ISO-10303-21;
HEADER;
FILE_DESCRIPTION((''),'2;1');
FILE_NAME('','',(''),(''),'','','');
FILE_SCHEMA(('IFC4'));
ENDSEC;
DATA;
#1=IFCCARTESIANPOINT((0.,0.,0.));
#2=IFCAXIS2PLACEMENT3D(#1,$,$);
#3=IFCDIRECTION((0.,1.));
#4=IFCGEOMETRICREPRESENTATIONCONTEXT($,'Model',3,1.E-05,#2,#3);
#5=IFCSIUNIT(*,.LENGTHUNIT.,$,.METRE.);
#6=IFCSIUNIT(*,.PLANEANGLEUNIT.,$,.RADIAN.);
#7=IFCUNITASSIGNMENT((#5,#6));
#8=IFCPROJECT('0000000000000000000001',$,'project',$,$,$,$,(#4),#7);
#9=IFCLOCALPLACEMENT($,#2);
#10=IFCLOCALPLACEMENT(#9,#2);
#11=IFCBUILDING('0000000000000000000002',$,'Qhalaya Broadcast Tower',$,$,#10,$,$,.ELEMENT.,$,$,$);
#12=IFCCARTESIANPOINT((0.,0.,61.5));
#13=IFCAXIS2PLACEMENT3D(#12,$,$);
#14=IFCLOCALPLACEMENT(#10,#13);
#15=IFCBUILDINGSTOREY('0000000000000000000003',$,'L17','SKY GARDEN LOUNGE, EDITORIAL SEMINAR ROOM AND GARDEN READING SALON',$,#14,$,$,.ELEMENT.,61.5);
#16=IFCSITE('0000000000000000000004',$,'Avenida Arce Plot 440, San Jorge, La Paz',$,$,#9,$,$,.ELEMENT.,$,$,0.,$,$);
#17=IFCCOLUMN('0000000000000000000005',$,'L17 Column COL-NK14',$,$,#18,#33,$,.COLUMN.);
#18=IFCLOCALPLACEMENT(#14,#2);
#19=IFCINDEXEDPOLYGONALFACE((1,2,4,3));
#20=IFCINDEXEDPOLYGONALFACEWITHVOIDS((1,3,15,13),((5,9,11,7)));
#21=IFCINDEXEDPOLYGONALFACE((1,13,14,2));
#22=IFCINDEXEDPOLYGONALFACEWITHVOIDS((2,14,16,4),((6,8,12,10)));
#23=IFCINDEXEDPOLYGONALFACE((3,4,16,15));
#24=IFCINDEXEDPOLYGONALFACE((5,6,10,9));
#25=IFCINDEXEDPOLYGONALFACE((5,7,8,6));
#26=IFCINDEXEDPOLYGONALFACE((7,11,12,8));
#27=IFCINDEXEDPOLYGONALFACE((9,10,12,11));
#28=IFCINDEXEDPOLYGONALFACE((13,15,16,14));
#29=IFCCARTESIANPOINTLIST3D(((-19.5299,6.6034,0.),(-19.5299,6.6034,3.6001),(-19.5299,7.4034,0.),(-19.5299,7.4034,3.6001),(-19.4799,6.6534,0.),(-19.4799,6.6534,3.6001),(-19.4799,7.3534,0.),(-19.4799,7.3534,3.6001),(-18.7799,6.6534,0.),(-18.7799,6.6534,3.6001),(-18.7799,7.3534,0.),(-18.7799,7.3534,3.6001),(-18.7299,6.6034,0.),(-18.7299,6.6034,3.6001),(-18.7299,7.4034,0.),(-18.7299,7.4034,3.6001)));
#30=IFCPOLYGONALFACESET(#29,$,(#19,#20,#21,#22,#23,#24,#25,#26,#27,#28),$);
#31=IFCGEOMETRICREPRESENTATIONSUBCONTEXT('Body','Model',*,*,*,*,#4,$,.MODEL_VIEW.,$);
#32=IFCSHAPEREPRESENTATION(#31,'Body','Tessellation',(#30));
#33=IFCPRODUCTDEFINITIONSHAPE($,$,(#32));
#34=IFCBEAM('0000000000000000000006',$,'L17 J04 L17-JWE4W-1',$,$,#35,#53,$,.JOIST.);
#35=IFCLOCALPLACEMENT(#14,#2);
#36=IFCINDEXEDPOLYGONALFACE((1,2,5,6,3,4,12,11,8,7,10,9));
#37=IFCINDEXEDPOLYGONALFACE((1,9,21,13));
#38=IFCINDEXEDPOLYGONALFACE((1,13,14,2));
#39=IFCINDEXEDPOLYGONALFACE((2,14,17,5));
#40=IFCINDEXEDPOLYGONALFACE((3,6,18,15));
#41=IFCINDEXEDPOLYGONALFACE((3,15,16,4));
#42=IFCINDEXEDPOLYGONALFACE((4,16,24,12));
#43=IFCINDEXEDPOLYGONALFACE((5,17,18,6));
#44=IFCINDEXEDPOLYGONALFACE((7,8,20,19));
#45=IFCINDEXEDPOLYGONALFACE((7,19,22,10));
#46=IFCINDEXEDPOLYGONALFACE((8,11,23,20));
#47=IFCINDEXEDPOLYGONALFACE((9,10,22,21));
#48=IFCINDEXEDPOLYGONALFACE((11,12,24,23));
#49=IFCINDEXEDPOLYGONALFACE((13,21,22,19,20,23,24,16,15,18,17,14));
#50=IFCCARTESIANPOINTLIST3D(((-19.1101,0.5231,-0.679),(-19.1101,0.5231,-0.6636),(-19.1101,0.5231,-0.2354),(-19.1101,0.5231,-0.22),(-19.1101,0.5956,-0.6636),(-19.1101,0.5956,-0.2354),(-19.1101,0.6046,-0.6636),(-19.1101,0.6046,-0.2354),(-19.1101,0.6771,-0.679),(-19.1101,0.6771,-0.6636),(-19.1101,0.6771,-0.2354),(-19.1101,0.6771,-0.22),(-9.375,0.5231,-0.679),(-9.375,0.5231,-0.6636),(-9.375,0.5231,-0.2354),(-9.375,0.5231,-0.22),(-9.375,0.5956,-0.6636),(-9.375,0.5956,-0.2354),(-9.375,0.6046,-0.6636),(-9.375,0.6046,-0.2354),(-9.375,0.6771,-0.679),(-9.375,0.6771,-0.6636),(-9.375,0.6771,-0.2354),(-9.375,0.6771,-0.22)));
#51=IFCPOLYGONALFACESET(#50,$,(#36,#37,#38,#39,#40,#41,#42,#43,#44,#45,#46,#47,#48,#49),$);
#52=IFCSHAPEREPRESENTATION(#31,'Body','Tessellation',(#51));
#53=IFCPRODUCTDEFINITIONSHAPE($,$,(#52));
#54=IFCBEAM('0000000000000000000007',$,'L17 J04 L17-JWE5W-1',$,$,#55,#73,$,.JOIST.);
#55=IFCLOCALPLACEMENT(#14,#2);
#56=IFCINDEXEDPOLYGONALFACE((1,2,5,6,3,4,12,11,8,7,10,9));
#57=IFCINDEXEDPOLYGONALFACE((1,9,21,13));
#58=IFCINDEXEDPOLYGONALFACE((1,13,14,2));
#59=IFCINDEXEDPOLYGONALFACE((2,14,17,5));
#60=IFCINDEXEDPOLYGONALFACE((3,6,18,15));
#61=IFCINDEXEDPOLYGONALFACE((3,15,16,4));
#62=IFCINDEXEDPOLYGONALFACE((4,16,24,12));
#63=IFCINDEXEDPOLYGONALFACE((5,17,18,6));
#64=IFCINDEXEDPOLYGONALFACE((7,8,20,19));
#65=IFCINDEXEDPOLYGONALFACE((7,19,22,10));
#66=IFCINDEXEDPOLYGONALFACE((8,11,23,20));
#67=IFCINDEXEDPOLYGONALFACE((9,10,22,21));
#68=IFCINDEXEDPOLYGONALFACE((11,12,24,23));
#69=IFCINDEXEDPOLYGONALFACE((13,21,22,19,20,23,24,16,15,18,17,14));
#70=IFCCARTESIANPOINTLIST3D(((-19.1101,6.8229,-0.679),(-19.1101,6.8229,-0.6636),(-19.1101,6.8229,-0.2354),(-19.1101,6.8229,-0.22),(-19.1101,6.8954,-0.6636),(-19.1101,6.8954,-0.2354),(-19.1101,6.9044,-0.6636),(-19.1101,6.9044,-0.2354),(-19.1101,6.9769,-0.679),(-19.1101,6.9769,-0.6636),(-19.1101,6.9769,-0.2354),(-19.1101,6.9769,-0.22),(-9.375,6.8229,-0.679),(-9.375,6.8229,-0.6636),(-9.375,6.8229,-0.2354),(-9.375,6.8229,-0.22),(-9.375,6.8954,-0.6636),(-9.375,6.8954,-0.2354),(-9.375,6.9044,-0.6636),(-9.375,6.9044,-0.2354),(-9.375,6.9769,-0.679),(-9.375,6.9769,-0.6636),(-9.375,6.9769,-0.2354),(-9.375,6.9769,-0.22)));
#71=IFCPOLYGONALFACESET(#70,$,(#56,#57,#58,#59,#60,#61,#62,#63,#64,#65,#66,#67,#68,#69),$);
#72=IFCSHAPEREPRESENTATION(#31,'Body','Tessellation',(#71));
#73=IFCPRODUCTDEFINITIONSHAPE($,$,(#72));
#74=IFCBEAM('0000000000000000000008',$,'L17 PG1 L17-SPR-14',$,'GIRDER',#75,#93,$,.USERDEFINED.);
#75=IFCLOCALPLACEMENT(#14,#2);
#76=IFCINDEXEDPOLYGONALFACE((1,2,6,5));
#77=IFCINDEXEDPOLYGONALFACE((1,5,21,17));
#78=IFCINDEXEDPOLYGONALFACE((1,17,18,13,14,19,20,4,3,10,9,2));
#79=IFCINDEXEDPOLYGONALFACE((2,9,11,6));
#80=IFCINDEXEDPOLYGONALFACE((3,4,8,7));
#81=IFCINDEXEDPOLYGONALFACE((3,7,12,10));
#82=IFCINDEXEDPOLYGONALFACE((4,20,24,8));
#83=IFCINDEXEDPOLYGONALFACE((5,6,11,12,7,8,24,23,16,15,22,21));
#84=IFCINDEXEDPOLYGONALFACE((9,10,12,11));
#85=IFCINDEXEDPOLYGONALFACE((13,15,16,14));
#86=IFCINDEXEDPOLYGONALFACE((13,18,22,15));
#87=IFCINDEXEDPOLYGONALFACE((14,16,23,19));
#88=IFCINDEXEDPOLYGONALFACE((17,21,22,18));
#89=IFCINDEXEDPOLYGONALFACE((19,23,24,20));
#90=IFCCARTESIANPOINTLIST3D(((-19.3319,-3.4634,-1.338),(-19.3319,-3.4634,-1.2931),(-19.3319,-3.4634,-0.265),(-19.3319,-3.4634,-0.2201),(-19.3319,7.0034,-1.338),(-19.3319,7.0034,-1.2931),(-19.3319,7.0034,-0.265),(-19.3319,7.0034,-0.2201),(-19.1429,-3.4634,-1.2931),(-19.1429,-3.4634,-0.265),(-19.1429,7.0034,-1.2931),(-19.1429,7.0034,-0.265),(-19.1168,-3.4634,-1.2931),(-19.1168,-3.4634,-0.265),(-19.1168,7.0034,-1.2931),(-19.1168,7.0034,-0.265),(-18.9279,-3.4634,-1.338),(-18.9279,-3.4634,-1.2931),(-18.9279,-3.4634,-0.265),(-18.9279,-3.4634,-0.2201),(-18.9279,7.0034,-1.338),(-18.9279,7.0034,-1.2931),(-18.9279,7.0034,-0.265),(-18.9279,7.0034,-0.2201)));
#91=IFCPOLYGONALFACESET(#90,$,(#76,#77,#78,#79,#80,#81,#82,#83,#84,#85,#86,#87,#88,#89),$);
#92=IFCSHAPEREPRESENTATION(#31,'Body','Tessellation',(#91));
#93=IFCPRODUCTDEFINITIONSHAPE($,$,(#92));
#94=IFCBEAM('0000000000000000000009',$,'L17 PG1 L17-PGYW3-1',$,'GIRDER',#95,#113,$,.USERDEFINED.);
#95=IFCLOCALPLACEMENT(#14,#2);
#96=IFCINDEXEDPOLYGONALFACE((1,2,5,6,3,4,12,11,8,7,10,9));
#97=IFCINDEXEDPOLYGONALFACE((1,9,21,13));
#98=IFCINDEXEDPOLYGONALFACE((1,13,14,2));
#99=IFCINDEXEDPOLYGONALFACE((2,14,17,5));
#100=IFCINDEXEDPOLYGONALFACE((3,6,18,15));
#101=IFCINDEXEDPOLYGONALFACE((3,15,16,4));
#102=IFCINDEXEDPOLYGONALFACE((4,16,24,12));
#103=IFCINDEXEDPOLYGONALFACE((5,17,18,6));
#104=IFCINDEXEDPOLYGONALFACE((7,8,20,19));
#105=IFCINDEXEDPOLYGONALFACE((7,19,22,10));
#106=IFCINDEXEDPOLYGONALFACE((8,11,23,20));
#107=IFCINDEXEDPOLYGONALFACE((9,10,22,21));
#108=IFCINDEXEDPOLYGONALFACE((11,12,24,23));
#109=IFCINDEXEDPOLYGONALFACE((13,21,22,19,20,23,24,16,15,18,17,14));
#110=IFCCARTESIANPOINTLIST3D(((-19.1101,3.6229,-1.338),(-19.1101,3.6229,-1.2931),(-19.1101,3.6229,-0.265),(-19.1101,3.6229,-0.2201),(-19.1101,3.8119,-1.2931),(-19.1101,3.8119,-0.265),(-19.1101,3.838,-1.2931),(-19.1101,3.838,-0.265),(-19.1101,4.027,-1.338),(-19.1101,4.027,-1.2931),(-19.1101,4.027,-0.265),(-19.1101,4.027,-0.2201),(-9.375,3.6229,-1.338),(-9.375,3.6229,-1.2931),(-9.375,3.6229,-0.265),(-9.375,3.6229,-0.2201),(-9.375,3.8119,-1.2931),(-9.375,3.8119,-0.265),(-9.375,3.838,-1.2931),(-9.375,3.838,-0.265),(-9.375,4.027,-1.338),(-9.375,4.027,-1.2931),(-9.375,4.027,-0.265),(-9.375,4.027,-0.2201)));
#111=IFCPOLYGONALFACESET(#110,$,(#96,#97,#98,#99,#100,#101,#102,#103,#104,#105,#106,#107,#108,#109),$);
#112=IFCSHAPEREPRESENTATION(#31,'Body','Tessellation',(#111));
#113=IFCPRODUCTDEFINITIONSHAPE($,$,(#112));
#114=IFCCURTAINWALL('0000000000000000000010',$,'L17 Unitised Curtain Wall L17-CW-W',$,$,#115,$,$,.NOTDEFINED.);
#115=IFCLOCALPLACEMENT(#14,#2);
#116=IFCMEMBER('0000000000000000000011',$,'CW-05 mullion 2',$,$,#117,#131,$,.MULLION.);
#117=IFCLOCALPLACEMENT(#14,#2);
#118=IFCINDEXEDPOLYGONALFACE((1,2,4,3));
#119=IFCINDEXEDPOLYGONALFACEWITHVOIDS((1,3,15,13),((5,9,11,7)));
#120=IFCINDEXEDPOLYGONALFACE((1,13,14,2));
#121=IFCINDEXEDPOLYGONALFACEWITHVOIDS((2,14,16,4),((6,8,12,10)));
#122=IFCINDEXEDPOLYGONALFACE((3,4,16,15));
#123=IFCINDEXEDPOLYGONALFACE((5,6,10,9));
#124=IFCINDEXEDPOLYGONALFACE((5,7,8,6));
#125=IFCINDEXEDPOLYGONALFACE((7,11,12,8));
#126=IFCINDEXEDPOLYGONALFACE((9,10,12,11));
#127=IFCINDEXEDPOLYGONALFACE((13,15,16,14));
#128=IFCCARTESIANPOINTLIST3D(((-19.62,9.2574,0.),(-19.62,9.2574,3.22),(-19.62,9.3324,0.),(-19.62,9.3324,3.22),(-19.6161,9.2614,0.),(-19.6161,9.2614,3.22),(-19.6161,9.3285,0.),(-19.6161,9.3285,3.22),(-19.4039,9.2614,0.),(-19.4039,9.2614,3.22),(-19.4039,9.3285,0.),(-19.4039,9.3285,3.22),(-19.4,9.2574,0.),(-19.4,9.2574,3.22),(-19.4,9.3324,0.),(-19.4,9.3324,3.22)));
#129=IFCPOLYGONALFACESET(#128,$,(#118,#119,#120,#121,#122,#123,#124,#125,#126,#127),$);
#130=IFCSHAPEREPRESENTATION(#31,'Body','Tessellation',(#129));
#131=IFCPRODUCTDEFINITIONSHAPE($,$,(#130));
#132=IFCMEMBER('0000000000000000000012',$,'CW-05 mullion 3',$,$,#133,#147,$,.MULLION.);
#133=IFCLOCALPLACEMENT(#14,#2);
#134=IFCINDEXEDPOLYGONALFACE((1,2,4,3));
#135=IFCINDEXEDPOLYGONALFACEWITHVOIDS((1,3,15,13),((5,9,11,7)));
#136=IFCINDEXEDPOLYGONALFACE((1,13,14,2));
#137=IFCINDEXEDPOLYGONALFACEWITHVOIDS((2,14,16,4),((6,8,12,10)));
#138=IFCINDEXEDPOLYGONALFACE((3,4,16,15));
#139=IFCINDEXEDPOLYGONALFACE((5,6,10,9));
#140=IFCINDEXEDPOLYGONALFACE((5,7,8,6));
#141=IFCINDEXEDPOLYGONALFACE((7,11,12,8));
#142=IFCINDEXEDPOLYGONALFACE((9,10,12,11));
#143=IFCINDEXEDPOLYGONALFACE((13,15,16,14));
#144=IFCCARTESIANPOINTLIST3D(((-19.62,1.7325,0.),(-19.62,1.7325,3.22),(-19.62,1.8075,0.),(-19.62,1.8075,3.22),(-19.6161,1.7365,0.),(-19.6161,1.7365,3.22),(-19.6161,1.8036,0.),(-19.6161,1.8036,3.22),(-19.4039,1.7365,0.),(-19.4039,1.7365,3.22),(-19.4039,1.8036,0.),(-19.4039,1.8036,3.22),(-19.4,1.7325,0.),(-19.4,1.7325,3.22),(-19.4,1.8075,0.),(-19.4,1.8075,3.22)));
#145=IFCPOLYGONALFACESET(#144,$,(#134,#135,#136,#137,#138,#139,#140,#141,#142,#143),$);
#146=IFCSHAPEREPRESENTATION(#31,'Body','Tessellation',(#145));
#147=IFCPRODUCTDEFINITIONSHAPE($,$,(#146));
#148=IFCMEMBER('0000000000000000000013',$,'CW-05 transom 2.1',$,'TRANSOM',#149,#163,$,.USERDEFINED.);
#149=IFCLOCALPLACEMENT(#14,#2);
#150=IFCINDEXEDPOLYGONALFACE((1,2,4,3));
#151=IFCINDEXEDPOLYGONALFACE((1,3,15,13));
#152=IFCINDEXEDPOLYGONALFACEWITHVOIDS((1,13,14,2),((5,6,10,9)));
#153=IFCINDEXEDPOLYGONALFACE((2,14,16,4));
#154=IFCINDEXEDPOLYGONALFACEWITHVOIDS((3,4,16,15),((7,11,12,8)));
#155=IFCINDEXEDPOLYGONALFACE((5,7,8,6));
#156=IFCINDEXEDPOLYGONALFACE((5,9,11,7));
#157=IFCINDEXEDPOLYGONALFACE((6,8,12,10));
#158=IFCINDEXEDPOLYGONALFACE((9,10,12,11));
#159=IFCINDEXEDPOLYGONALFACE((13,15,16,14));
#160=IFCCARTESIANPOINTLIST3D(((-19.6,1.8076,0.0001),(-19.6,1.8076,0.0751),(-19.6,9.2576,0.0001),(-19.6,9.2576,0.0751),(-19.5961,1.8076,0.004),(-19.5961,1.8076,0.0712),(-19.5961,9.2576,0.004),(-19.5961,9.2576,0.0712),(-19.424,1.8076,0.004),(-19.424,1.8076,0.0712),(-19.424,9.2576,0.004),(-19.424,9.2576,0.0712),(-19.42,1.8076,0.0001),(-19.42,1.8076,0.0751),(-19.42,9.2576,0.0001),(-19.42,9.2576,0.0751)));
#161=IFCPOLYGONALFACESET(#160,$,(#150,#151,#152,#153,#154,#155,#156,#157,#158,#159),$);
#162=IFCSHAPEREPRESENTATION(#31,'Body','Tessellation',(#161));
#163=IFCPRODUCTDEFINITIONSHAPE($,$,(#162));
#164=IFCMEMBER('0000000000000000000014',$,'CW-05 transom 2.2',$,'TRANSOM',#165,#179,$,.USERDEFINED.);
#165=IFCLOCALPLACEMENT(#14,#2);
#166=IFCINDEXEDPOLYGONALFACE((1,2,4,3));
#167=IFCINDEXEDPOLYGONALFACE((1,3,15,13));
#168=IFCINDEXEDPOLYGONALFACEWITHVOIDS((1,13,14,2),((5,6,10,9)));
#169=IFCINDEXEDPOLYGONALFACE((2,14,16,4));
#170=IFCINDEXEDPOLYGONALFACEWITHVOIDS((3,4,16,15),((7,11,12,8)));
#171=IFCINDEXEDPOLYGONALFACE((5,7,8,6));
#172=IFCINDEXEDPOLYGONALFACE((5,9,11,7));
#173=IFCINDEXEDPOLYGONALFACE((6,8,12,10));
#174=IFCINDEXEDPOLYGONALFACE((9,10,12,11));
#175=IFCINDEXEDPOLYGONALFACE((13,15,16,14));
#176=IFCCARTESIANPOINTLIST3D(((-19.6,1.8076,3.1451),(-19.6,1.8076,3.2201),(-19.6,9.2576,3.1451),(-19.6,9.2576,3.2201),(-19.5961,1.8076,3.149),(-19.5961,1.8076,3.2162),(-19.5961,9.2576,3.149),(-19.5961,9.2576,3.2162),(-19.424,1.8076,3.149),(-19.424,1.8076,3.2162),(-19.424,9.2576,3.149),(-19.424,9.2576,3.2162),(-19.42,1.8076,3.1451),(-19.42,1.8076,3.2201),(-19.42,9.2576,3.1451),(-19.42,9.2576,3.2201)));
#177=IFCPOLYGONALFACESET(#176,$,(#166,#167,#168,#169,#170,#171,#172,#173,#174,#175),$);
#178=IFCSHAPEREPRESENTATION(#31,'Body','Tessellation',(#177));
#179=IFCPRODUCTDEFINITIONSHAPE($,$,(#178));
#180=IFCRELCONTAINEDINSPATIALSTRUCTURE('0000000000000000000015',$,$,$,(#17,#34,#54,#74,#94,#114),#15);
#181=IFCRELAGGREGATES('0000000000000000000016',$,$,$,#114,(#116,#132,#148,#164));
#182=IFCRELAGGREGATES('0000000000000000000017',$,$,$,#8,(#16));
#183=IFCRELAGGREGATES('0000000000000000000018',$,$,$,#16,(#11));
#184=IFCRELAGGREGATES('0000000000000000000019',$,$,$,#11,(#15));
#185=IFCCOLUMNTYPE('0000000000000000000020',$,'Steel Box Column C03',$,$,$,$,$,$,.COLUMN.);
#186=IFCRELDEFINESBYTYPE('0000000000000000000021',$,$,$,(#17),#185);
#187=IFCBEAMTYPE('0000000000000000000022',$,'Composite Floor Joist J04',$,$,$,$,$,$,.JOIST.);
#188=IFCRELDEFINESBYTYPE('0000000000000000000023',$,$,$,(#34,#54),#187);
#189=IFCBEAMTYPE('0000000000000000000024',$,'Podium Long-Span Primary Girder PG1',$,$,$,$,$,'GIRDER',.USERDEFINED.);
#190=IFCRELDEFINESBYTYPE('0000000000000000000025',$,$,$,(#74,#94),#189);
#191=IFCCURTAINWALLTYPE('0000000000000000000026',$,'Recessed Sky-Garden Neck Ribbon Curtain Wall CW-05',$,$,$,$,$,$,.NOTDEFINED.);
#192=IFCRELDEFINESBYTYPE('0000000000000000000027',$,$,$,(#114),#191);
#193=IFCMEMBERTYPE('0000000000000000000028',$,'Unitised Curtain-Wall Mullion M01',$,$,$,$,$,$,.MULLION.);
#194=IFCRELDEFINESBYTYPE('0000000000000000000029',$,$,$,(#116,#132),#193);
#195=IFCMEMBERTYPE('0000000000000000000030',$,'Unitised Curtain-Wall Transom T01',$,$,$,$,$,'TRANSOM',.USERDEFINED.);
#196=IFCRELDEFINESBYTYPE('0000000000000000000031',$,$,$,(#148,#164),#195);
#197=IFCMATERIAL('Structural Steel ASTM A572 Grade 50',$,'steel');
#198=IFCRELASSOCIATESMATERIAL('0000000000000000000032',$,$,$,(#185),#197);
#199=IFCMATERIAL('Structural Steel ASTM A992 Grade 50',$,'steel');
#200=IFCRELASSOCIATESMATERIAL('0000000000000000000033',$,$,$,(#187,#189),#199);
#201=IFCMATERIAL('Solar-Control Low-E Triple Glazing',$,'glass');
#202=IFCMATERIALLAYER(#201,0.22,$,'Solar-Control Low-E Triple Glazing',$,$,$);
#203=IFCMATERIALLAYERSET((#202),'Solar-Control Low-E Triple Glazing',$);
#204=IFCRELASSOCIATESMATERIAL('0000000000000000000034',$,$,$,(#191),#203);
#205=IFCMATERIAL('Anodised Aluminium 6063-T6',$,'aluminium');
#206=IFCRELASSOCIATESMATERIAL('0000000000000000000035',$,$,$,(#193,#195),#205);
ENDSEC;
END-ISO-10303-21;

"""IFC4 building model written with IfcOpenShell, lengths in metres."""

from ifc_helpers import new_model, si_unit, direction, frame, origin, origin_2d, place, context, subcontext, project, spatial, hollow_rectangle, i_section, extrude, material, layer, layer_set, material_profile, profile_set, type_object, element, aggregate, save


model = new_model("IFC4")

# Units and contexts
model_context = context("Model", 3, precision=1e-05, world=origin(), true_north=direction((0.0, 1.0)))
body_context = subcontext(model_context, "Body", "Model", "MODEL_VIEW")
ifc_project = project(units=[si_unit("LENGTHUNIT", "METRE"), si_unit("PLANEANGLEUNIT", "RADIAN")], contexts=[model_context])

# Site, building, storey
site_placement = place(None, origin())
site = spatial("IfcSite", under=ifc_project, at=site_placement, Name="Avenida Arce Plot 440, San Jorge, La Paz", CompositionType="ELEMENT", RefElevation=0.0)
building_placement = place(site_placement, origin())
building = spatial("IfcBuilding", under=site, at=building_placement, Name="Qhalaya Broadcast Tower", CompositionType="ELEMENT")
storey_placement = place(building_placement, frame((0.0, 0.0, 61.5)))
storey = spatial("IfcBuildingStorey", under=building, at=storey_placement, Name="L17", Description="SKY GARDEN LOUNGE, EDITORIAL SEMINAR ROOM AND GARDEN READING SALON", CompositionType="ELEMENT", Elevation=61.5)

# Column
ifc_material_1 = material(Name="Structural Steel ASTM A572 Grade 50", Category="steel")
ifc_material_profile_1 = material_profile(ifc_material_1, hollow_rectangle(XDim=0.8, YDim=0.8, WallThickness=0.05, at=origin_2d()), Name="BOX 800x800x50")
ifc_profile_set_1 = profile_set([ifc_material_profile_1], Name="Structural Steel ASTM A572 Grade 50")
column_type = type_object("IfcColumnType", Name="Steel Box Column C03", PredefinedType="COLUMN", material=ifc_profile_set_1)
column_placement = place(storey_placement, frame((-19.1299, 7.0034, 0.0), z_axis=(0.0, 0.0, 1.0), x_axis=(0.0, 1.0, 0.0)))
element("IfcColumn", 1, at=column_placement, inside=storey, type_object=column_type, Name="L17 Column COL-NK14", PredefinedType="COLUMN", context=body_context, shape_type="SweptSolid", body=[
    extrude(hollow_rectangle(XDim=0.8, YDim=0.8, WallThickness=0.05, at=origin_2d()), origin(), (0.0, 0.0, 1.0), 3.6001),
])

# Beams
ifc_material_2 = material(Name="Structural Steel ASTM A992 Grade 50", Category="steel")
ifc_material_profile_2 = material_profile(ifc_material_2, i_section(OverallWidth=0.1541, OverallDepth=0.459, WebThickness=0.009, FlangeThickness=0.0154, at=origin_2d()), Name="W18X46")
ifc_profile_set_2 = profile_set([ifc_material_profile_2], Name="Structural Steel ASTM A992 Grade 50")
beam_type_1 = type_object("IfcBeamType", Name="Composite Floor Joist J04", PredefinedType="JOIST", material=ifc_profile_set_2)
for number, where, z_axis, x_axis, name in (
    (2, (-19.1101, 0.6001, -0.4495), (1.0, 0.0, 0.0), (0.0, 1.0, 0.0), "L17 J04 L17-JWE4W-1"),
    (3, (-19.1101, 6.8999, -0.4495), (1.0, 0.0, 0.0), (0.0, 1.0, 0.0), "L17 J04 L17-JWE5W-1"),
):
    element("IfcBeam", number, at=place(storey_placement, frame(where, z_axis=z_axis, x_axis=x_axis)), inside=storey, type_object=beam_type_1, Name=name, PredefinedType="JOIST", context=body_context, shape_type="SweptSolid", body=[
        extrude(i_section(OverallWidth=0.1541, OverallDepth=0.459, WebThickness=0.009, FlangeThickness=0.0154, at=origin_2d()), origin(), (0.0, 0.0, 1.0), 9.7351),
    ])
ifc_material_profile_3 = material_profile(ifc_material_2, i_section(OverallWidth=0.4041, OverallDepth=1.1179, WebThickness=0.0261, FlangeThickness=0.0449, at=origin_2d()), Name="W44X335")
ifc_profile_set_3 = profile_set([ifc_material_profile_3], Name="Structural Steel ASTM A992 Grade 50")
beam_type_2 = type_object("IfcBeamType", Name="Podium Long-Span Primary Girder PG1", ElementType="GIRDER", PredefinedType="USERDEFINED", material=ifc_profile_set_3)
beam_1_placement = place(storey_placement, frame((-19.1299, 7.0034, -0.7791), z_axis=(0.0, -1.0, 0.0), x_axis=(1.0, 0.0, 0.0)))
element("IfcBeam", 4, at=beam_1_placement, inside=storey, type_object=beam_type_2, Name="L17 PG1 L17-SPR-14", ObjectType="GIRDER", PredefinedType="USERDEFINED", context=body_context, shape_type="SweptSolid", body=[
    extrude(i_section(OverallWidth=0.4041, OverallDepth=1.1179, WebThickness=0.0261, FlangeThickness=0.0449, at=origin_2d()), origin(), (0.0, 0.0, 1.0), 10.4668),
])
beam_2_placement = place(storey_placement, frame((-19.1101, 3.825, -0.7791), z_axis=(1.0, 0.0, 0.0), x_axis=(0.0, 1.0, 0.0)))
element("IfcBeam", 5, at=beam_2_placement, inside=storey, type_object=beam_type_2, Name="L17 PG1 L17-PGYW3-1", ObjectType="GIRDER", PredefinedType="USERDEFINED", context=body_context, shape_type="SweptSolid", body=[
    extrude(i_section(OverallWidth=0.4041, OverallDepth=1.1179, WebThickness=0.0261, FlangeThickness=0.0449, at=origin_2d()), origin(), (0.0, 0.0, 1.0), 9.7351),
])

# Curtain wall, members
ifc_material_3 = material(Name="Solar-Control Low-E Triple Glazing", Category="glass")
ifc_layer_1 = layer(ifc_material_3, 0.22, Name="Solar-Control Low-E Triple Glazing")
ifc_layer_set_1 = layer_set([ifc_layer_1], Name="Solar-Control Low-E Triple Glazing")
curtain_wall_type = type_object("IfcCurtainWallType", Name="Recessed Sky-Garden Neck Ribbon Curtain Wall CW-05", PredefinedType="NOTDEFINED", material=ifc_layer_set_1)
curtain_wall_placement = place(storey_placement, origin())
curtain_wall = element("IfcCurtainWall", 6, at=curtain_wall_placement, inside=storey, type_object=curtain_wall_type, Name="L17 Unitised Curtain Wall L17-CW-W", PredefinedType="NOTDEFINED")
ifc_material_4 = material(Name="Anodised Aluminium 6063-T6", Category="aluminium")
ifc_material_profile_4 = material_profile(ifc_material_4, hollow_rectangle(XDim=0.075, YDim=0.22, WallThickness=0.0039, at=origin_2d()), Name="ALU-MUL 75x220x4")
ifc_profile_set_4 = profile_set([ifc_material_profile_4], Name="Anodised Aluminium 6063-T6")
member_type_1 = type_object("IfcMemberType", Name="Unitised Curtain-Wall Mullion M01", PredefinedType="MULLION", material=ifc_profile_set_4)
member_1_placement = place(storey_placement, frame((-19.51, 9.2949, 0.0), z_axis=(0.0, 0.0, 1.0), x_axis=(0.0, -1.0, 0.0)))
member_1 = element("IfcMember", 7, at=member_1_placement, type_object=member_type_1, Name="CW-05 mullion 2", PredefinedType="MULLION", context=body_context, shape_type="SweptSolid", body=[
    extrude(hollow_rectangle(XDim=0.075, YDim=0.22, WallThickness=0.0039, at=origin_2d()), origin(), (0.0, 0.0, 1.0), 3.22),
])
member_2_placement = place(storey_placement, frame((-19.51, 1.77, 0.0), z_axis=(0.0, 0.0, 1.0), x_axis=(0.0, -1.0, 0.0)))
member_2 = element("IfcMember", 8, at=member_2_placement, type_object=member_type_1, Name="CW-05 mullion 3", PredefinedType="MULLION", context=body_context, shape_type="SweptSolid", body=[
    extrude(hollow_rectangle(XDim=0.075, YDim=0.22, WallThickness=0.0039, at=origin_2d()), origin(), (0.0, 0.0, 1.0), 3.22),
])
ifc_material_profile_5 = material_profile(ifc_material_4, hollow_rectangle(XDim=0.075, YDim=0.1799, WallThickness=0.0039, at=origin_2d()), Name="ALU-TRN 75x180x4")
ifc_profile_set_5 = profile_set([ifc_material_profile_5], Name="Anodised Aluminium 6063-T6")
member_type_2 = type_object("IfcMemberType", Name="Unitised Curtain-Wall Transom T01", ElementType="TRANSOM", PredefinedType="USERDEFINED", material=ifc_profile_set_5)
member_3_placement = place(storey_placement, frame((-19.51, 9.2576, 0.0376), z_axis=(0.0, -1.0, 0.0), x_axis=(0.0, 0.0, 1.0)))
member_3 = element("IfcMember", 9, at=member_3_placement, type_object=member_type_2, Name="CW-05 transom 2.1", ObjectType="TRANSOM", PredefinedType="USERDEFINED", context=body_context, shape_type="SweptSolid", body=[
    extrude(hollow_rectangle(XDim=0.075, YDim=0.1799, WallThickness=0.0039, at=origin_2d()), origin(), (0.0, 0.0, 1.0), 7.45),
])
member_4_placement = place(storey_placement, frame((-19.51, 9.2576, 3.1826), z_axis=(0.0, -1.0, 0.0), x_axis=(0.0, 0.0, 1.0)))
member_4 = element("IfcMember", 10, at=member_4_placement, type_object=member_type_2, Name="CW-05 transom 2.2", ObjectType="TRANSOM", PredefinedType="USERDEFINED", context=body_context, shape_type="SweptSolid", body=[
    extrude(hollow_rectangle(XDim=0.075, YDim=0.1799, WallThickness=0.0039, at=origin_2d()), origin(), (0.0, 0.0, 1.0), 7.45),
])
aggregate(curtain_wall, [member_1, member_2, member_3, member_4])

save(model, "model.ifc")
